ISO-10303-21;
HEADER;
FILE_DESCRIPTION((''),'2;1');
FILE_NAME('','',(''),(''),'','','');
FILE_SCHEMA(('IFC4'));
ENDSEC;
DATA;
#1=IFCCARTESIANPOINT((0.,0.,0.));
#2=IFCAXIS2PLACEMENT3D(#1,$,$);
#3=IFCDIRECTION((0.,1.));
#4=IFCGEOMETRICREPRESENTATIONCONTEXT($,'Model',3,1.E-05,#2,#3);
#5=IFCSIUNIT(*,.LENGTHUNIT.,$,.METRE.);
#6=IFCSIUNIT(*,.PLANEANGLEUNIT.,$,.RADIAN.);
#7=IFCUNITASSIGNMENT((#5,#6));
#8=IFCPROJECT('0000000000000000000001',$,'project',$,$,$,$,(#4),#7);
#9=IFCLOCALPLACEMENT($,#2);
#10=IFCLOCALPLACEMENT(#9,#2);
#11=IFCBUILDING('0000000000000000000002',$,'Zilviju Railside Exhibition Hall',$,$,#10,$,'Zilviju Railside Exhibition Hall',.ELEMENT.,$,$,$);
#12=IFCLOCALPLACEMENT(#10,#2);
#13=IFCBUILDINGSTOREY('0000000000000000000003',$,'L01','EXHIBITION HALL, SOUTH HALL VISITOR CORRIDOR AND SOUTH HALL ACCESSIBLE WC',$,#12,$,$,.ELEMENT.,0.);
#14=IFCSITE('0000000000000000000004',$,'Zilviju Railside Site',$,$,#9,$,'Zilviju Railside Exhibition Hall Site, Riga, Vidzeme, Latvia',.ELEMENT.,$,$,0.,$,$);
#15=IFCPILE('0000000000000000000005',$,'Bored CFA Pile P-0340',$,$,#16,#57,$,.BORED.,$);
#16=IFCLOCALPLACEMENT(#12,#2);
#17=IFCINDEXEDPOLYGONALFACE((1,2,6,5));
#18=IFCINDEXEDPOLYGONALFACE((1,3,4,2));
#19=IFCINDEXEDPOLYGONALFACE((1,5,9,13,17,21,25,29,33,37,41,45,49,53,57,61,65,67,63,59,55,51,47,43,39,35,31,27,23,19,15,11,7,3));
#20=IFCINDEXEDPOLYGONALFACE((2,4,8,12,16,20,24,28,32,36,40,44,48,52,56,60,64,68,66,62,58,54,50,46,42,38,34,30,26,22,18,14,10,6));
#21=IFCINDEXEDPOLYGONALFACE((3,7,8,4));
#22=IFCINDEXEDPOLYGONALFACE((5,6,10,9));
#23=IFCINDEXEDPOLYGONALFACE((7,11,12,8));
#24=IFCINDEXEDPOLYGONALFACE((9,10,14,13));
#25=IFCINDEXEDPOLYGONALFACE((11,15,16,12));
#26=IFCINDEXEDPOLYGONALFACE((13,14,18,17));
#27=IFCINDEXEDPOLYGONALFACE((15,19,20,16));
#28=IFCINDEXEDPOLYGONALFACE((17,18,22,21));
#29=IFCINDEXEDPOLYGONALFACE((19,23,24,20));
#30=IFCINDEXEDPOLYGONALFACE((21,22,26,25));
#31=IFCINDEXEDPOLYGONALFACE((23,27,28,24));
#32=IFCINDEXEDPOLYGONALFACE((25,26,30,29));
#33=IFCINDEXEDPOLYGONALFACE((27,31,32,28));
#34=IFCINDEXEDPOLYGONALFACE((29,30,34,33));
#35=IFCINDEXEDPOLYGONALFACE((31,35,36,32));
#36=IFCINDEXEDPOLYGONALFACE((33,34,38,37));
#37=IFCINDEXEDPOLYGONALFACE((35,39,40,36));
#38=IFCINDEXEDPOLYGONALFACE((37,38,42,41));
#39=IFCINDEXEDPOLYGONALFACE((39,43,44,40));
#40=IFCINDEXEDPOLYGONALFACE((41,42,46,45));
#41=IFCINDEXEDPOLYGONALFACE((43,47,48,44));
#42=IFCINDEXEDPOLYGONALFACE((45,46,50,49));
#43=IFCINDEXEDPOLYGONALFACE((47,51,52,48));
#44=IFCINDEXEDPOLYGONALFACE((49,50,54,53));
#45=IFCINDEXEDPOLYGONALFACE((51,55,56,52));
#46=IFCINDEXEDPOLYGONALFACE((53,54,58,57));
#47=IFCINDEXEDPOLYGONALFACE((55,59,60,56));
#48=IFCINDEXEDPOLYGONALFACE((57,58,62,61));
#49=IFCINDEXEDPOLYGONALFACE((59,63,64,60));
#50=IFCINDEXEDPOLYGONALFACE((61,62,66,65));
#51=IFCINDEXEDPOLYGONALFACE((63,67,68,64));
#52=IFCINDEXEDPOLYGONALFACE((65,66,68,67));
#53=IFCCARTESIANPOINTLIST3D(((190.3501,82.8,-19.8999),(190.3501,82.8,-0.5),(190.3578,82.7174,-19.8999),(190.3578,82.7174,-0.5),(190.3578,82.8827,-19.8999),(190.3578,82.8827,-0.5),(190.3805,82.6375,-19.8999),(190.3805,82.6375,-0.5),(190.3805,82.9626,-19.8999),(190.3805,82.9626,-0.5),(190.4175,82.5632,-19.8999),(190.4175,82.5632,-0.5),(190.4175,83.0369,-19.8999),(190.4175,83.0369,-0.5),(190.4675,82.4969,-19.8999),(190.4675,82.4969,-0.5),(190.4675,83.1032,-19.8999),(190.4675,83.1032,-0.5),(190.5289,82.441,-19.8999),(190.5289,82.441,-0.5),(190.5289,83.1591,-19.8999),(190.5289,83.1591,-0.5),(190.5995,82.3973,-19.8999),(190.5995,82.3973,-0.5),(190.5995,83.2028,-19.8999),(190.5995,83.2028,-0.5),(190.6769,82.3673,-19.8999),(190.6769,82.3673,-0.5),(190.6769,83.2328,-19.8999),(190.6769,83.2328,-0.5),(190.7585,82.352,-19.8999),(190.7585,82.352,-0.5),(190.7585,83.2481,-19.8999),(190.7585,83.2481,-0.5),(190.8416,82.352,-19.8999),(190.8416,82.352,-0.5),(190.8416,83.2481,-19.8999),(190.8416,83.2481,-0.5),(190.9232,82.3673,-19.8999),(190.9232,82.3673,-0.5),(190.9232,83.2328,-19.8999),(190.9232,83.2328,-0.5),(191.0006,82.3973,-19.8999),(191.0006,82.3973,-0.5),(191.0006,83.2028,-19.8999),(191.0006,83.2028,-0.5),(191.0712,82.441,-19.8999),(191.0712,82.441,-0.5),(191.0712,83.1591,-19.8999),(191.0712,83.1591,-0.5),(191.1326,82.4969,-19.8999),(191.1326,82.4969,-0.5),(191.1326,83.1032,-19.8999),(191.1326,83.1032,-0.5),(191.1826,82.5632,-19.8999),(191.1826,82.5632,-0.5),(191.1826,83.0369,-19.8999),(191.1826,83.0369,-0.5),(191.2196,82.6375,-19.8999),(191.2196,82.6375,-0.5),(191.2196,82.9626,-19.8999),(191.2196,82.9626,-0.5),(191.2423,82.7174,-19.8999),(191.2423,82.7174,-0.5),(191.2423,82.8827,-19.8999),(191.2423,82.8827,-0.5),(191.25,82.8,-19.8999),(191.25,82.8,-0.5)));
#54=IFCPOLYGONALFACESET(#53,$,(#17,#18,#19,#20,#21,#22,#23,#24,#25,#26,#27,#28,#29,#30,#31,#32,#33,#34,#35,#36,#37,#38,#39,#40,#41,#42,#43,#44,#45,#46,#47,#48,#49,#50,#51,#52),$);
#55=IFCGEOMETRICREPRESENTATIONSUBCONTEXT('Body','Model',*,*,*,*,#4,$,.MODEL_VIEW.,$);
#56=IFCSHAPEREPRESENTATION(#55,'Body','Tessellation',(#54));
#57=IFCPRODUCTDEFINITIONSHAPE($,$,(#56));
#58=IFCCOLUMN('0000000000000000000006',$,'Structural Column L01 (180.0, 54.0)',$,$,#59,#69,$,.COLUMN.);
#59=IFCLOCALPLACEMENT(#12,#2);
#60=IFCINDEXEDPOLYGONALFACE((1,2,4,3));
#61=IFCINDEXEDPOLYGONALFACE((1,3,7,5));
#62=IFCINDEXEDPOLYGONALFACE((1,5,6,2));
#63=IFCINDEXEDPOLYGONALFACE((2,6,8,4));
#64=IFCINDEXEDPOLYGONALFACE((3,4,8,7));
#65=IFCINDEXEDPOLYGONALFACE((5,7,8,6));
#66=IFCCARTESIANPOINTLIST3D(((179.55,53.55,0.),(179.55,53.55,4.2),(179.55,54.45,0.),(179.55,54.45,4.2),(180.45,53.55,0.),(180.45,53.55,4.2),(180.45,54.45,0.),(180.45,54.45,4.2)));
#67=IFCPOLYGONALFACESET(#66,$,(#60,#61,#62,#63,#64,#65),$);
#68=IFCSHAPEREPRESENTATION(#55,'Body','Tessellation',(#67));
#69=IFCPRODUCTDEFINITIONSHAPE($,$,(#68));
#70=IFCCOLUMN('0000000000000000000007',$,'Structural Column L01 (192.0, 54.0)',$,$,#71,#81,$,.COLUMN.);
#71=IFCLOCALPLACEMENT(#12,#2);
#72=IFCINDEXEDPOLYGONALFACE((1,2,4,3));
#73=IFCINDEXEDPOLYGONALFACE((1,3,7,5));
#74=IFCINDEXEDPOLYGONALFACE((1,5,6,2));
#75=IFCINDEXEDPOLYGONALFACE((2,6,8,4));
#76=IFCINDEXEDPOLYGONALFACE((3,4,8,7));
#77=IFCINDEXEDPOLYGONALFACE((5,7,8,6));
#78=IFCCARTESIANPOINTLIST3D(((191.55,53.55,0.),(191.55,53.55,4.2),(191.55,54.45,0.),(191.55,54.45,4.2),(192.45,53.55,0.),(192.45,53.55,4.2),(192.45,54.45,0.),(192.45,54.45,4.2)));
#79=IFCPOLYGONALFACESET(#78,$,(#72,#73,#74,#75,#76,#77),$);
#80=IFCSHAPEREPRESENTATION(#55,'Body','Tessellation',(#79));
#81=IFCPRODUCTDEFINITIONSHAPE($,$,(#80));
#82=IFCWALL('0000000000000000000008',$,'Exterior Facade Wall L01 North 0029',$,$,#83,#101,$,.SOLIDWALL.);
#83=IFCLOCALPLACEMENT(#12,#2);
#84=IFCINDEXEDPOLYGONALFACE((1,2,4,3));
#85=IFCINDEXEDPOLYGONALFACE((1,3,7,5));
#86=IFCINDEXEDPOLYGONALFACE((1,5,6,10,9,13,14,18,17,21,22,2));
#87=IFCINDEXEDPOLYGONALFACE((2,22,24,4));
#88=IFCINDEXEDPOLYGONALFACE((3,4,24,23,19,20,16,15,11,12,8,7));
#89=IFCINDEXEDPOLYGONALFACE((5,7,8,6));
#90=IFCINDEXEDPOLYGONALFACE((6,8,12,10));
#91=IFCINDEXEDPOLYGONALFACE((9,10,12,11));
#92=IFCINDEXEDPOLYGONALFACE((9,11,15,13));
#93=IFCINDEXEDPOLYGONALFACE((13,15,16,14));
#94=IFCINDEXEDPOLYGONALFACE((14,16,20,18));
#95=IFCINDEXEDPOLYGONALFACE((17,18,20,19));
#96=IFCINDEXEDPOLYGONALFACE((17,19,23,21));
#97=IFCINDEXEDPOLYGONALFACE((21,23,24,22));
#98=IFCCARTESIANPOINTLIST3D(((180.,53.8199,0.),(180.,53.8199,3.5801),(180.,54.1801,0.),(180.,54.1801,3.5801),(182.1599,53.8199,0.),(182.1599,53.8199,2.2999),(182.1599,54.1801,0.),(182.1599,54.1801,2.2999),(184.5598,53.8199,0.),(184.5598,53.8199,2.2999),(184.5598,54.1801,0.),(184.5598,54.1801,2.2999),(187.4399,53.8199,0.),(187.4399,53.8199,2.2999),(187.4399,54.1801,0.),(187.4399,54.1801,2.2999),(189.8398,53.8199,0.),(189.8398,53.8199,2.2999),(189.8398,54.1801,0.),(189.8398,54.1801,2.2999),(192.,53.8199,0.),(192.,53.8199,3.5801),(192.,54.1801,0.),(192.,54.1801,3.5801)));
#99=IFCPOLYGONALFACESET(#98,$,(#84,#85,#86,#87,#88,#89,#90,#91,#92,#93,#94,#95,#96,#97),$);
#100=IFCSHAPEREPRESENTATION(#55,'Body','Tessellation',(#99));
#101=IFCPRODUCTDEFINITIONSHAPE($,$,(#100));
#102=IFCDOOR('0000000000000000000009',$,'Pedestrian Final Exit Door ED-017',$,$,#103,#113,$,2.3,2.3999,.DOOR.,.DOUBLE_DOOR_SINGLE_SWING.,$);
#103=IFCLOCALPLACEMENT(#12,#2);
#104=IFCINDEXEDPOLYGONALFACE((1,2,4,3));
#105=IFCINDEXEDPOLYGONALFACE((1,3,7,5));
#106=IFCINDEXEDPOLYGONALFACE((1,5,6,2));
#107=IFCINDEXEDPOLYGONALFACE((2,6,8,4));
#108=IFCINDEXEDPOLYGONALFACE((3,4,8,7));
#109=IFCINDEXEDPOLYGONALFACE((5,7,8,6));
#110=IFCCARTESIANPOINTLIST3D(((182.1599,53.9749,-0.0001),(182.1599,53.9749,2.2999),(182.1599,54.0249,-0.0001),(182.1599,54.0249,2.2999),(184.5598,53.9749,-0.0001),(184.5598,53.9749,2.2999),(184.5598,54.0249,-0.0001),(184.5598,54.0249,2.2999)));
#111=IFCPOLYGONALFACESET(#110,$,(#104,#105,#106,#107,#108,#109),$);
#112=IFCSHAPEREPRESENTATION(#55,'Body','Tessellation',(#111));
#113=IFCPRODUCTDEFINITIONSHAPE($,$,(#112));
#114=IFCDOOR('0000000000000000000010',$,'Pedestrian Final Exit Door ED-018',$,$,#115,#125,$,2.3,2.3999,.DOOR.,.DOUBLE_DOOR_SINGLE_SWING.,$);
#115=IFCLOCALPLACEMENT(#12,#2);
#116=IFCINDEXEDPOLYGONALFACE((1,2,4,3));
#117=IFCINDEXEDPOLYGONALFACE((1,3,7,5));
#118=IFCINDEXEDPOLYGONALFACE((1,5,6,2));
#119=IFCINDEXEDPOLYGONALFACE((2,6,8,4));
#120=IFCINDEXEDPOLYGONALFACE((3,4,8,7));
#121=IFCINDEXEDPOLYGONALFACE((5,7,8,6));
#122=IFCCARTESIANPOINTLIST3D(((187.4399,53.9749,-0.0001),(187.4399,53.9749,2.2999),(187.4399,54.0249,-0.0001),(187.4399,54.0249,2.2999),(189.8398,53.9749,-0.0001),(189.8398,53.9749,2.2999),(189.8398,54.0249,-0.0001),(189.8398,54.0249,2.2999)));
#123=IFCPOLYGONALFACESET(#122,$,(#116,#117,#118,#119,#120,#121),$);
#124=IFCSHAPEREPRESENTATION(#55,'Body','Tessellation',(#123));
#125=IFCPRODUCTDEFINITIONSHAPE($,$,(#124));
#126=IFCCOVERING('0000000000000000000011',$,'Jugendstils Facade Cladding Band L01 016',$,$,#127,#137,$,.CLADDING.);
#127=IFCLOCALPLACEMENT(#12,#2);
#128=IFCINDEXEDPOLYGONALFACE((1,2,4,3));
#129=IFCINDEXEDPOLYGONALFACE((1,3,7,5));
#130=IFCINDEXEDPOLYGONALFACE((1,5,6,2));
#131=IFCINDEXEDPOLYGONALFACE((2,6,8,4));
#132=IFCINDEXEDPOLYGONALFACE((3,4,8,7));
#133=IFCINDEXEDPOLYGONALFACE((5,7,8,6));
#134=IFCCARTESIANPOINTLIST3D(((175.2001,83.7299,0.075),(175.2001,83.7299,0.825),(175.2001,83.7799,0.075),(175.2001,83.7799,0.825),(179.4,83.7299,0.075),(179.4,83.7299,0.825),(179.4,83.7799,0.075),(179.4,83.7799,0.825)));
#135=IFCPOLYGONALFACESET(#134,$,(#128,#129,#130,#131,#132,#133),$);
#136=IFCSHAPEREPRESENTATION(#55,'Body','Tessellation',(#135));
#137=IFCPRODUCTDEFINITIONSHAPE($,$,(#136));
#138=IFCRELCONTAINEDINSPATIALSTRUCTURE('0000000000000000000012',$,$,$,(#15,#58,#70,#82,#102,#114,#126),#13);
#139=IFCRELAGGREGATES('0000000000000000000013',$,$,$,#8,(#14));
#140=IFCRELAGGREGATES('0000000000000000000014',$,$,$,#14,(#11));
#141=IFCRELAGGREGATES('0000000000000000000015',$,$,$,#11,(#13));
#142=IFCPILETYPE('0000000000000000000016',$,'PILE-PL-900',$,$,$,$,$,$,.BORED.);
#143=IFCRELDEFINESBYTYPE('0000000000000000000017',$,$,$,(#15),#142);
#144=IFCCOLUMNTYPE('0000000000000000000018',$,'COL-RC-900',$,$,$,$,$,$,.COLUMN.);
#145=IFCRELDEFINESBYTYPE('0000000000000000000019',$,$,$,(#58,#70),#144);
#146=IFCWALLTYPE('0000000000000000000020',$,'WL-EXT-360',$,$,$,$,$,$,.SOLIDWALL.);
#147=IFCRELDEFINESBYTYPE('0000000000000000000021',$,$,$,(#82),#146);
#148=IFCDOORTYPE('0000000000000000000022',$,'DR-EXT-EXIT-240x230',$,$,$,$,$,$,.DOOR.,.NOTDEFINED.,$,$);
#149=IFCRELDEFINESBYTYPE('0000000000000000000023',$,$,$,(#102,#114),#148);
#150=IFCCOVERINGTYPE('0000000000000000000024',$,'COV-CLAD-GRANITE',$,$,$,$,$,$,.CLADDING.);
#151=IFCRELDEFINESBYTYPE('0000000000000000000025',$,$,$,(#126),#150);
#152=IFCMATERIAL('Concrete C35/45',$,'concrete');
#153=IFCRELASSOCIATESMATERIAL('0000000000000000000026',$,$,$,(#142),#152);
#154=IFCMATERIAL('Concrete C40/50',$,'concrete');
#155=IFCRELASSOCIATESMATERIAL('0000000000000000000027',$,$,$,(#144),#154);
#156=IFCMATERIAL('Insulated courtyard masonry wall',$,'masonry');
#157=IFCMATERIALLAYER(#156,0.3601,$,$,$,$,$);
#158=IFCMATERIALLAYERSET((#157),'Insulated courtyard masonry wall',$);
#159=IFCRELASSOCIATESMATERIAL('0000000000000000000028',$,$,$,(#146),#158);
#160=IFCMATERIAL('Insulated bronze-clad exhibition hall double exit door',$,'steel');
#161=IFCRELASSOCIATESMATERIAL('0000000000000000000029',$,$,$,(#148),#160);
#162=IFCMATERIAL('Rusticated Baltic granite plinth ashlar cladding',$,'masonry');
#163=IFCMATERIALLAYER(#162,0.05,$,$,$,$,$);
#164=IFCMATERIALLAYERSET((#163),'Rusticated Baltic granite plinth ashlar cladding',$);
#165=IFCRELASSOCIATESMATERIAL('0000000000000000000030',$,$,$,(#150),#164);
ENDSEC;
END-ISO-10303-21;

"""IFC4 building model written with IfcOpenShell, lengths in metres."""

from ifc_helpers import new_model, si_unit, direction, frame, frame_2d, origin, origin_2d, place, context, subcontext, project, spatial, rectangle, circle, extrude, material, layer, layer_set, material_profile, profile_set, type_object, element, fill, save


model = new_model("IFC4")

# Units and contexts
model_context = context("Model", 3, precision=1e-05, world=origin(), true_north=direction((0.0, 1.0)))
body_context = subcontext(model_context, "Body", "Model", "MODEL_VIEW")
ifc_project = project(units=[si_unit("LENGTHUNIT", "METRE"), si_unit("PLANEANGLEUNIT", "RADIAN")], contexts=[model_context])

# Site, building, storey
site_placement = place(None, origin())
site = spatial("IfcSite", under=ifc_project, at=site_placement, Name="Zilviju Railside Site", LongName="Zilviju Railside Exhibition Hall Site, Riga, Vidzeme, Latvia", CompositionType="ELEMENT", RefElevation=0.0)
building_placement = place(site_placement, origin())
building = spatial("IfcBuilding", under=site, at=building_placement, Name="Zilviju Railside Exhibition Hall", LongName="Zilviju Railside Exhibition Hall", CompositionType="ELEMENT")
storey_placement = place(building_placement, origin())
storey = spatial("IfcBuildingStorey", under=building, at=storey_placement, Name="L01", Description="EXHIBITION HALL, SOUTH HALL VISITOR CORRIDOR AND SOUTH HALL ACCESSIBLE WC", CompositionType="ELEMENT", Elevation=0.0)

# Shared definitions
ifc_material_1 = material(Name="Concrete C35/45", Category="concrete")
ifc_material_2 = material(Name="Concrete C40/50", Category="concrete")

# Pile
ifc_material_profile_1 = material_profile(ifc_material_1, circle(Radius=0.45, at=origin_2d()), Name="CFA PILE D900")
ifc_profile_set_1 = profile_set([ifc_material_profile_1], Name="Concrete C35/45")
pile_type = type_object("IfcPileType", Name="PILE-PL-900", PredefinedType="BORED", material=ifc_profile_set_1)
for number, where, z_axis, x_axis, name in (
    (1, (190.8, 82.8, -0.5), (0.0, 0.0, -1.0), (1.0, 0.0, 0.0), "Bored CFA Pile P-0340"),
):
    element("IfcPile", number, at=place(storey_placement, frame(where, z_axis=z_axis, x_axis=x_axis)), inside=storey, type_object=pile_type, Name=name, PredefinedType="BORED", context=body_context, shape_type="SweptSolid", body=[
        extrude(circle(Radius=0.45, at=origin_2d()), origin(), (0.0, 0.0, 1.0), 19.3999),
    ])

# Columns
ifc_material_profile_2 = material_profile(ifc_material_2, rectangle(XDim=0.8999, YDim=0.8999, at=origin_2d()), Name="RC COL 900x900")
ifc_profile_set_2 = profile_set([ifc_material_profile_2], Name="Concrete C40/50")
column_type = type_object("IfcColumnType", Name="COL-RC-900", PredefinedType="COLUMN", material=ifc_profile_set_2)
for number, where, z_axis, x_axis, name in (
    (2, (180.0, 54.0, 0.0), (0.0, 0.0, 1.0), (1.0, 0.0, 0.0), "Structural Column L01 (180.0, 54.0)"),
    (3, (192.0, 54.0, 0.0), (0.0, 0.0, 1.0), (1.0, 0.0, 0.0), "Structural Column L01 (192.0, 54.0)"),
):
    element("IfcColumn", number, at=place(storey_placement, frame(where, z_axis=z_axis, x_axis=x_axis)), inside=storey, type_object=column_type, Name=name, PredefinedType="COLUMN", context=body_context, shape_type="SweptSolid", body=[
        extrude(rectangle(XDim=0.8999, YDim=0.8999, at=origin_2d()), origin(), (0.0, 0.0, 1.0), 4.2),
    ])

# Wall, openings, doors
ifc_material_3 = material(Name="Insulated courtyard masonry wall", Category="masonry")
ifc_layer_1 = layer(ifc_material_3, 0.3601)
ifc_layer_set_1 = layer_set([ifc_layer_1], Name="Insulated courtyard masonry wall")
wall_type = type_object("IfcWallType", Name="WL-EXT-360", PredefinedType="SOLIDWALL", material=ifc_layer_set_1)
wall_placement = place(storey_placement, frame((180.0, 54.0, 0.0), z_axis=(0.0, 0.0, 1.0), x_axis=(1.0, 0.0, 0.0)))
wall = element("IfcWall", 4, at=wall_placement, inside=storey, type_object=wall_type, Name="Exterior Facade Wall L01 North 0029", PredefinedType="SOLIDWALL", context=body_context, shape_type="SweptSolid", body=[
    extrude(rectangle(XDim=12.0, YDim=0.3601, at=frame_2d((6.0, 0.0))), origin(), (0.0, 0.0, 1.0), 3.5801),
])
opening_1_placement = place(wall_placement, frame((2.1599, 0.0, 0.0)))
opening_1 = element("IfcOpeningElement", 5, at=opening_1_placement, cuts=wall, PredefinedType="OPENING", context=body_context, shape_type="SweptSolid", body=[
    extrude(rectangle(XDim=2.3999, YDim=2.3, at=frame_2d((1.2, 1.1499))), frame((0.0, 0.1899, 0.0), z_axis=(0.0, -1.0, 0.0), x_axis=(1.0, 0.0, 0.0)), (0.0, 0.0, 1.0), 0.3801),
])
opening_2_placement = place(wall_placement, frame((7.4399, 0.0, 0.0)))
opening_2 = element("IfcOpeningElement", 6, at=opening_2_placement, cuts=wall, PredefinedType="OPENING", context=body_context, shape_type="SweptSolid", body=[
    extrude(rectangle(XDim=2.3999, YDim=2.3, at=frame_2d((1.2, 1.1499))), frame((0.0, 0.1899, 0.0), z_axis=(0.0, -1.0, 0.0), x_axis=(1.0, 0.0, 0.0)), (0.0, 0.0, 1.0), 0.3801),
])
ifc_material_4 = material(Name="Insulated bronze-clad exhibition hall double exit door", Category="steel")
door_type = type_object("IfcDoorType", Name="DR-EXT-EXIT-240x230", OperationType="NOTDEFINED", PredefinedType="DOOR", material=ifc_material_4)
door_1_placement = place(opening_1_placement, origin())
door_1 = element("IfcDoor", 7, at=door_1_placement, inside=storey, type_object=door_type, Name="Pedestrian Final Exit Door ED-017", OperationType="DOUBLE_DOOR_SINGLE_SWING", OverallHeight=2.3, OverallWidth=2.3999, PredefinedType="DOOR", context=body_context, shape_type="SweptSolid", body=[
    extrude(rectangle(XDim=2.3999, YDim=2.3, at=frame_2d((1.2, 1.1499))), frame((0.0, 0.0249, 0.0), z_axis=(0.0, -1.0, 0.0), x_axis=(1.0, 0.0, 0.0)), (0.0, 0.0, 1.0), 0.05),
])
fill(opening_1, door_1)
door_2_placement = place(opening_2_placement, origin())
door_2 = element("IfcDoor", 8, at=door_2_placement, inside=storey, type_object=door_type, Name="Pedestrian Final Exit Door ED-018", OperationType="DOUBLE_DOOR_SINGLE_SWING", OverallHeight=2.3, OverallWidth=2.3999, PredefinedType="DOOR", context=body_context, shape_type="SweptSolid", body=[
    extrude(rectangle(XDim=2.3999, YDim=2.3, at=frame_2d((1.2, 1.1499))), frame((0.0, 0.0249, 0.0), z_axis=(0.0, -1.0, 0.0), x_axis=(1.0, 0.0, 0.0)), (0.0, 0.0, 1.0), 0.05),
])
fill(opening_2, door_2)

# Covering
ifc_material_5 = material(Name="Rusticated Baltic granite plinth ashlar cladding", Category="masonry")
ifc_layer_2 = layer(ifc_material_5, 0.05)
ifc_layer_set_2 = layer_set([ifc_layer_2], Name="Rusticated Baltic granite plinth ashlar cladding")
covering_type = type_object("IfcCoveringType", Name="COV-CLAD-GRANITE", PredefinedType="CLADDING", material=ifc_layer_set_2)
covering_placement = place(storey_placement, frame((177.3, 83.7549, 0.075), z_axis=(0.0, 0.0, 1.0), x_axis=(-1.0, 0.0, 0.0)))
element("IfcCovering", 9, at=covering_placement, inside=storey, type_object=covering_type, Name="Jugendstils Facade Cladding Band L01 016", PredefinedType="CLADDING", context=body_context, shape_type="SweptSolid", body=[
    extrude(rectangle(XDim=4.2, YDim=0.05, at=origin_2d()), origin(), (0.0, 0.0, 1.0), 0.75),
])

save(model, "model.ifc")
